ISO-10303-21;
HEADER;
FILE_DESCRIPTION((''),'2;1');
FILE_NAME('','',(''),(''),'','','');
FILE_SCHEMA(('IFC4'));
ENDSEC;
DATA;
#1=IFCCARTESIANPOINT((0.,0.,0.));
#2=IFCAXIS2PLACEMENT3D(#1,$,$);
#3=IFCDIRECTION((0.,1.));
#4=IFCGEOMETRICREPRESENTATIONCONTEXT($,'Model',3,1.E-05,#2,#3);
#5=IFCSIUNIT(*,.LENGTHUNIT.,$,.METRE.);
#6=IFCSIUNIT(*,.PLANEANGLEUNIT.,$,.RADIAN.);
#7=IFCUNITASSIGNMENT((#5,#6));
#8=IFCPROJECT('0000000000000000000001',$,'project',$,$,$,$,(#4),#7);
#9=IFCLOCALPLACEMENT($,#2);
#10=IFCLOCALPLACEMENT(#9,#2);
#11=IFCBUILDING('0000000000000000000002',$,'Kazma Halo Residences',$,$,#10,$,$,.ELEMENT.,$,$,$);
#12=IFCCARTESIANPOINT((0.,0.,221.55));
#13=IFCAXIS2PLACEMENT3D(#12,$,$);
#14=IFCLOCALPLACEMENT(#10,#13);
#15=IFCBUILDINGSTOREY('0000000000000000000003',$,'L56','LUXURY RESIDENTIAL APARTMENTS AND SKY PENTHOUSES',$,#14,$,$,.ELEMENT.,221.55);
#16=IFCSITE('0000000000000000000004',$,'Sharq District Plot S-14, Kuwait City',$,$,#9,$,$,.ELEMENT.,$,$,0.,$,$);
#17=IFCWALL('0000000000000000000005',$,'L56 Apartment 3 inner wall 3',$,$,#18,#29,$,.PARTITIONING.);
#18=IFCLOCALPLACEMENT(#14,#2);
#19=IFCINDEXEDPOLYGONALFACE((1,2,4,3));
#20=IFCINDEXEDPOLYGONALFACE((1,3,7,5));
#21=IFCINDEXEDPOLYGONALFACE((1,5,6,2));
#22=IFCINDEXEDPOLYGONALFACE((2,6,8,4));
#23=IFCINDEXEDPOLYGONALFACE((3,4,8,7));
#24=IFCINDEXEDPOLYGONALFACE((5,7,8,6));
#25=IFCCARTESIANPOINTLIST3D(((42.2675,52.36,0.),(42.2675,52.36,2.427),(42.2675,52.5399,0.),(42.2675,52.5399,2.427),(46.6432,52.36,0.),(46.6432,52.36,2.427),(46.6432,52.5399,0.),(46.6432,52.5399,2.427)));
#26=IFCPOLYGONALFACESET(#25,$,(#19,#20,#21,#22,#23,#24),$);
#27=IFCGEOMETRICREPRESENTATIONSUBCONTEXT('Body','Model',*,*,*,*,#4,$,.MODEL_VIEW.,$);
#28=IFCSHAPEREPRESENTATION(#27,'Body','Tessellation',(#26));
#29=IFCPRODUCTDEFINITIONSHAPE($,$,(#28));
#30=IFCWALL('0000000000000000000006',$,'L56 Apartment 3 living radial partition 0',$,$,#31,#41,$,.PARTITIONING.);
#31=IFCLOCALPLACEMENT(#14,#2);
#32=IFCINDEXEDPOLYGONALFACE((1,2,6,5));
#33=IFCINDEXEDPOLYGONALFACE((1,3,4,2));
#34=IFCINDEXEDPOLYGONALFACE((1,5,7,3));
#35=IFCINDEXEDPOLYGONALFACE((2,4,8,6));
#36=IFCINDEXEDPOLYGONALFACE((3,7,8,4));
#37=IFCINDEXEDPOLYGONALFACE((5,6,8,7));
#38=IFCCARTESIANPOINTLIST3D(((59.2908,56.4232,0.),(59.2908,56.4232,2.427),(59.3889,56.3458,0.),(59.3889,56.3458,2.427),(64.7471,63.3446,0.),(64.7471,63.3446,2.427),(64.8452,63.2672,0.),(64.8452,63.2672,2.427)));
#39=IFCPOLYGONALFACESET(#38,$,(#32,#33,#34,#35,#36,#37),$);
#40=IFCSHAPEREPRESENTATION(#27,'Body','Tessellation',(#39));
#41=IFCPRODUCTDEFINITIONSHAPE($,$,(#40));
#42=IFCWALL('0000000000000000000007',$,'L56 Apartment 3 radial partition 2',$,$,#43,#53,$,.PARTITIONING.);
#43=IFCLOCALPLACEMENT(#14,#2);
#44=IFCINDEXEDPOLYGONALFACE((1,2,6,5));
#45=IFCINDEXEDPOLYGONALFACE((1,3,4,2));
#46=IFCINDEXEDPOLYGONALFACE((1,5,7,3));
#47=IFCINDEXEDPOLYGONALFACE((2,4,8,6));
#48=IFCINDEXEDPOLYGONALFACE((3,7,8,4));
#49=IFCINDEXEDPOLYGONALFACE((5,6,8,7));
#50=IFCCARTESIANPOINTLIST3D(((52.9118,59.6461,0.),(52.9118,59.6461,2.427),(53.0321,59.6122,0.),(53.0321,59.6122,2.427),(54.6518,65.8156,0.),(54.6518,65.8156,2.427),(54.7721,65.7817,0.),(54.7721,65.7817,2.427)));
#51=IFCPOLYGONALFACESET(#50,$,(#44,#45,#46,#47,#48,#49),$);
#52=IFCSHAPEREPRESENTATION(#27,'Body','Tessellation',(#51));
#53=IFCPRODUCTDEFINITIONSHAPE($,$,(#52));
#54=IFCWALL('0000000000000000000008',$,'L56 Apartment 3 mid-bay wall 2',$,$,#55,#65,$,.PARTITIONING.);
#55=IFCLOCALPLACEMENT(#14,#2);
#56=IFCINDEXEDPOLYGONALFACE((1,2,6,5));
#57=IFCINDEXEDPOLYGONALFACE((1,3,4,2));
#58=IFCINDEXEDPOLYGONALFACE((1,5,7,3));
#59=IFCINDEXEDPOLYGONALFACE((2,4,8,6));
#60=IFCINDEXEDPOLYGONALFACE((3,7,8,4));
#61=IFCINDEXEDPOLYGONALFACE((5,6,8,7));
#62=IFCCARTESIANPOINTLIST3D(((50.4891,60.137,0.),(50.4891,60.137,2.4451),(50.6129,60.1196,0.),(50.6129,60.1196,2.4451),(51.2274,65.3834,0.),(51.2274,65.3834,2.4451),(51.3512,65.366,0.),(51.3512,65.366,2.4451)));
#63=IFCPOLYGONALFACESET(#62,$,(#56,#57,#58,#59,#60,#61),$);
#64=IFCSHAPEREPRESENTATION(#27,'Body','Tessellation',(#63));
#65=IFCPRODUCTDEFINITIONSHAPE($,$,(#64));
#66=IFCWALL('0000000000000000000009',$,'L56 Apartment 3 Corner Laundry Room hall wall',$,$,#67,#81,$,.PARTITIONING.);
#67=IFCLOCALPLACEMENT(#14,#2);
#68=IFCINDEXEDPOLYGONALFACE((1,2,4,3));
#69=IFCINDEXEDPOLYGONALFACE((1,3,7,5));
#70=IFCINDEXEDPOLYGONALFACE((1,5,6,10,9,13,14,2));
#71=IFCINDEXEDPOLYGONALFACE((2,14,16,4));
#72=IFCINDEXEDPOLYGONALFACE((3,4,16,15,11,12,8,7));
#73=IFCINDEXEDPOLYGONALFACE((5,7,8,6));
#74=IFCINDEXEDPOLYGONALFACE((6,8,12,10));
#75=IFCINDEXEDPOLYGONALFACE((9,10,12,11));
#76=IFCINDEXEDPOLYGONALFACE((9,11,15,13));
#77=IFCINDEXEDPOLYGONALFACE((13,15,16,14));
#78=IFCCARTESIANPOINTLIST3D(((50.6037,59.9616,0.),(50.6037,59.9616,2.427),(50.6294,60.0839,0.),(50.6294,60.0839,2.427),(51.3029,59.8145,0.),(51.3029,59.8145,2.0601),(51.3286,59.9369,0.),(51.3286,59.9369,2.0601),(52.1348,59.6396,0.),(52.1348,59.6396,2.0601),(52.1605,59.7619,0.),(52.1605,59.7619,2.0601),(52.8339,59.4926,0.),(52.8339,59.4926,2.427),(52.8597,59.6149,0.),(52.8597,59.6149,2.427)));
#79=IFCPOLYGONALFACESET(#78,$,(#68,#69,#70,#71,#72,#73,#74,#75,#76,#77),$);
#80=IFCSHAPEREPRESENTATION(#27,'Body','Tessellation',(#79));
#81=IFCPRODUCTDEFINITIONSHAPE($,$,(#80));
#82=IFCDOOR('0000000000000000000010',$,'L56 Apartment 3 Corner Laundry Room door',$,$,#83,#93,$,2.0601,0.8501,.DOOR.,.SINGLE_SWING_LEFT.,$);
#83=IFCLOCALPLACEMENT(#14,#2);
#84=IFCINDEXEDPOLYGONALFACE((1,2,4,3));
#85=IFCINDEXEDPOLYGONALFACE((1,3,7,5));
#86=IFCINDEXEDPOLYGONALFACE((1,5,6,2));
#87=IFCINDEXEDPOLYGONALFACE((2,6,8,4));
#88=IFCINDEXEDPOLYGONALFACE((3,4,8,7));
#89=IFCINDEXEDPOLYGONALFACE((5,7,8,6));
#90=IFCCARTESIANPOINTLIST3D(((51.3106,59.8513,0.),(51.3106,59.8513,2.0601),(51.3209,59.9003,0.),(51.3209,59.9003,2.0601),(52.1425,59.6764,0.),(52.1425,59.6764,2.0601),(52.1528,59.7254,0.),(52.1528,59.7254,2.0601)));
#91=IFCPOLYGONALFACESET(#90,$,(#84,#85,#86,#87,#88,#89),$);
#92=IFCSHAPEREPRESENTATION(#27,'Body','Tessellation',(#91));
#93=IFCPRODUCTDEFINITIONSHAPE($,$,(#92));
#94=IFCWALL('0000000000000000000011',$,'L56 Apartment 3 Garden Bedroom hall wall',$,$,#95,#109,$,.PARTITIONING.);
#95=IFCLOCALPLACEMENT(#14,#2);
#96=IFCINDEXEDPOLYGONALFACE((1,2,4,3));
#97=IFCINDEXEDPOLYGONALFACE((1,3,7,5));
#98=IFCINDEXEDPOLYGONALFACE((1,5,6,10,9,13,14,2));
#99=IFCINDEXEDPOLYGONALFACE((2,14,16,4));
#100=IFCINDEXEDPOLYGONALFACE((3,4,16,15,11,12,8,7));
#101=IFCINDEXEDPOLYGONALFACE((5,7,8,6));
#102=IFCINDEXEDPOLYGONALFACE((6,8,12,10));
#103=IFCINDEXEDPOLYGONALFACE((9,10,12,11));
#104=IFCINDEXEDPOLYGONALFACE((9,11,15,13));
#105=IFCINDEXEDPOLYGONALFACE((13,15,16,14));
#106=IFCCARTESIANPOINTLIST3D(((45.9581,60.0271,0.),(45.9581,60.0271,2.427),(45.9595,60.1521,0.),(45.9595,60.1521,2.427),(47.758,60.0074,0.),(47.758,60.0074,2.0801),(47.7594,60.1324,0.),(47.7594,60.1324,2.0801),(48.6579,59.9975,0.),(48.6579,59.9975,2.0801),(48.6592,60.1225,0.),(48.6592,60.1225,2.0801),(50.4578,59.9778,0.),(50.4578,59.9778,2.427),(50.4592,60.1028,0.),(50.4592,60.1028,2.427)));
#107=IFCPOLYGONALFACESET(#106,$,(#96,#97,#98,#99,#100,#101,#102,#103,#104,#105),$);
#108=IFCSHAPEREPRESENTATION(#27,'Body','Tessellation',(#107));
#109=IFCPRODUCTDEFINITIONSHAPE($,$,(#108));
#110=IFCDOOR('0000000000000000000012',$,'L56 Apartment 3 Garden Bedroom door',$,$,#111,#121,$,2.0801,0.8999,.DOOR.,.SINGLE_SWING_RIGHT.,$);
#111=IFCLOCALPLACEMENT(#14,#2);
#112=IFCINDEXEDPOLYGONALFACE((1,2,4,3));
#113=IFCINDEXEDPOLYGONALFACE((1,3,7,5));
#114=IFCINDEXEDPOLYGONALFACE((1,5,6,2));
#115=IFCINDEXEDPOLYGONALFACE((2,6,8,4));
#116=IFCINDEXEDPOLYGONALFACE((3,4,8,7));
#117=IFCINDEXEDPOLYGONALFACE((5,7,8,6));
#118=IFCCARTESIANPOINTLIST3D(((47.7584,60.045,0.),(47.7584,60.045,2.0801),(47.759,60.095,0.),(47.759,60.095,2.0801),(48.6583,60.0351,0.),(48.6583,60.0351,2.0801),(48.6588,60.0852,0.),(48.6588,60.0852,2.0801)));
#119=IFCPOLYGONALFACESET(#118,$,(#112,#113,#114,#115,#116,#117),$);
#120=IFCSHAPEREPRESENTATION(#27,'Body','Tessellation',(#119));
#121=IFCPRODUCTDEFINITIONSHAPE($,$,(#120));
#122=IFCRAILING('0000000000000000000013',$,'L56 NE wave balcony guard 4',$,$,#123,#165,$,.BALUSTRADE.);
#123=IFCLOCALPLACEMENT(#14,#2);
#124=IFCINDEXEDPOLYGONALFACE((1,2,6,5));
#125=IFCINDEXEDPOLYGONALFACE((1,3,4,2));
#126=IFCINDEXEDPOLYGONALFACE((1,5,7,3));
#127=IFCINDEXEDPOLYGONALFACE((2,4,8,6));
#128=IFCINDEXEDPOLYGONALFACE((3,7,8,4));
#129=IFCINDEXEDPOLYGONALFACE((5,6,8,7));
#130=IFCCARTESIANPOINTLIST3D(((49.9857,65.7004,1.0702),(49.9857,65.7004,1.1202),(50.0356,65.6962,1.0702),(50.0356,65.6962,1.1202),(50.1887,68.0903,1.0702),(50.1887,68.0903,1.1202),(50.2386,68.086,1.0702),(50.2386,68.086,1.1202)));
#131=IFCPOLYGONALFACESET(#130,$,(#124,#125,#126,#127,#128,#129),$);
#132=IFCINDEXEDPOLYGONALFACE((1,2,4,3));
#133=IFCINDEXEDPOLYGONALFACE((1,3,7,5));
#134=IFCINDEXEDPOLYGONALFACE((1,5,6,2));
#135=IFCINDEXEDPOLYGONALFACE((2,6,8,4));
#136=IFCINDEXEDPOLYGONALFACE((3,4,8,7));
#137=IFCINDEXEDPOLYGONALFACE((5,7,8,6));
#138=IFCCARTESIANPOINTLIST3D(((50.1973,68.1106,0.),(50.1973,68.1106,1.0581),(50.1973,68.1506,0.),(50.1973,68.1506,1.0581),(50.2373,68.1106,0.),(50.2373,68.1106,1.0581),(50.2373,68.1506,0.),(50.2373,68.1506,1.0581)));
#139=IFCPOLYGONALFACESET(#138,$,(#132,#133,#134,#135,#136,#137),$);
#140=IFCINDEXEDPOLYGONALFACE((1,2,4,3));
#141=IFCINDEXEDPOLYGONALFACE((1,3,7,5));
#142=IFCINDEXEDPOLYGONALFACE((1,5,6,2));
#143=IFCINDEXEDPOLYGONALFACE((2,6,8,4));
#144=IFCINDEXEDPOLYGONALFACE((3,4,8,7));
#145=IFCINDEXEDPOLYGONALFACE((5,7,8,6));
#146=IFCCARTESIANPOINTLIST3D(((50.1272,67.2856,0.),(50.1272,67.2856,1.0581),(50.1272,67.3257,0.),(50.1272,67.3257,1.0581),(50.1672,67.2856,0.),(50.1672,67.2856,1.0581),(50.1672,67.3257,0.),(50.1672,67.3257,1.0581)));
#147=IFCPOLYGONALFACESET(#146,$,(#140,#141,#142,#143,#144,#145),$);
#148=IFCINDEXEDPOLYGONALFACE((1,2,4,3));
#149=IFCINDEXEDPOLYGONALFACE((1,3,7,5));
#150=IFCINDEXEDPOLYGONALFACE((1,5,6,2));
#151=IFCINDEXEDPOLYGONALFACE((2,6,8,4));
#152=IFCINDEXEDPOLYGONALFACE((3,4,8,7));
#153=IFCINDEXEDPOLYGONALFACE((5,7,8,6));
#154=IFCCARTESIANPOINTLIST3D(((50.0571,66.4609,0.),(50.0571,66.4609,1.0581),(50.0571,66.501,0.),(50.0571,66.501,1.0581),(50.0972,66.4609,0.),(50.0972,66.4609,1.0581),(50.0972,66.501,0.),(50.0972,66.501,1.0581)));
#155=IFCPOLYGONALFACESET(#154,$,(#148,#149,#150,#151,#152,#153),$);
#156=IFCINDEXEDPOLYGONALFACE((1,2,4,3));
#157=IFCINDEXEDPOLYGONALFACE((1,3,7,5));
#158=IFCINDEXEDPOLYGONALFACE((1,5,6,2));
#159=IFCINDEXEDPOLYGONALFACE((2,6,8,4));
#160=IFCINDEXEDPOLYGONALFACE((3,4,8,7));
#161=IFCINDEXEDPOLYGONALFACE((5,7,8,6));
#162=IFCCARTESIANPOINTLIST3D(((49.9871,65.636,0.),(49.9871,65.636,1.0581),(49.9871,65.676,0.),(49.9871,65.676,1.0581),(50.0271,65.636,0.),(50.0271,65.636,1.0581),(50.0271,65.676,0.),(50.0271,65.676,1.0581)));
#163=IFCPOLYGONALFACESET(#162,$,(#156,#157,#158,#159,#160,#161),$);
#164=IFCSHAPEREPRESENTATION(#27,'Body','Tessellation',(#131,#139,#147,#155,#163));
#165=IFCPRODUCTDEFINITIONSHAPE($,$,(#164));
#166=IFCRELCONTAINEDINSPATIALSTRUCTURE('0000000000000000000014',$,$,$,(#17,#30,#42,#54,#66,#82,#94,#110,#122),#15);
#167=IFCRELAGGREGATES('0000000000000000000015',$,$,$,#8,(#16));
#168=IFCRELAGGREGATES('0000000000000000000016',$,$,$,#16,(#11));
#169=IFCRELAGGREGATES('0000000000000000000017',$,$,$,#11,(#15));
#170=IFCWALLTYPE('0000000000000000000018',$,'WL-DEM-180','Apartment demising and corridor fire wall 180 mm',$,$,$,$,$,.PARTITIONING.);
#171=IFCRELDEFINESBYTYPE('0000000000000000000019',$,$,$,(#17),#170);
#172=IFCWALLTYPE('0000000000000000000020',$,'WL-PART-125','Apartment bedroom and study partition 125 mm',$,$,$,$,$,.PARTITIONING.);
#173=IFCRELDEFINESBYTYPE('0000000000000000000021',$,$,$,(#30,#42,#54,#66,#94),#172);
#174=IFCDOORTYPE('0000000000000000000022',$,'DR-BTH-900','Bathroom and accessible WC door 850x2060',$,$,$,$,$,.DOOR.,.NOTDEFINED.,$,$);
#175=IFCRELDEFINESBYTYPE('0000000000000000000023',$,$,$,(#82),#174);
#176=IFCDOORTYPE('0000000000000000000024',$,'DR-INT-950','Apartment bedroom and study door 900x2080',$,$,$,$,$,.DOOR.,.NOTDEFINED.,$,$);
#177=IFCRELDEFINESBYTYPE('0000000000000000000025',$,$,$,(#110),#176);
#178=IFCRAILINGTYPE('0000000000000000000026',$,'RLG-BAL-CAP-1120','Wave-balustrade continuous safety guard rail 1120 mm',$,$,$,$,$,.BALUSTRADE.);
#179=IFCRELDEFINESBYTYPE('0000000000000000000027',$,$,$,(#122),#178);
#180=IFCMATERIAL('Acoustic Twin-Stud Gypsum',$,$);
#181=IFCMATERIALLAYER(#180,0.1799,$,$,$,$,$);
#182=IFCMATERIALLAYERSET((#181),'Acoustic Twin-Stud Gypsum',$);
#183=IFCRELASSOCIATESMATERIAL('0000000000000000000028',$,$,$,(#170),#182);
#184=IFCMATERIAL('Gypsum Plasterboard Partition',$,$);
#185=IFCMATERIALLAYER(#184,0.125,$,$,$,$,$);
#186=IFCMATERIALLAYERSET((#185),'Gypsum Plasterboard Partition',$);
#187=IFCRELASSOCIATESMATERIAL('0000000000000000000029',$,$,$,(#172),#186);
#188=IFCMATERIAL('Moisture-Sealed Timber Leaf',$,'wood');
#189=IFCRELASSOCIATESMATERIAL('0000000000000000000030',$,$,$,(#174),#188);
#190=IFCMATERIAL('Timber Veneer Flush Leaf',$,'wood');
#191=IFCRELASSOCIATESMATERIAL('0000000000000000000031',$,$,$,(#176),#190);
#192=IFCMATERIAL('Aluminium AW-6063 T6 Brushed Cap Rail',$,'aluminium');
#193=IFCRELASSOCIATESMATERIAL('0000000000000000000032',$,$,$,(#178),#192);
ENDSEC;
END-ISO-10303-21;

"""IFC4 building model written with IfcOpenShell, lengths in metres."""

from ifc_helpers import new_model, si_unit, direction, frame, frame_2d, origin, origin_2d, place, context, subcontext, project, spatial, rectangle, extrude, material, layer, layer_set, type_object, element, fill, save


model = new_model("IFC4")

# Units and contexts
model_context = context("Model", 3, precision=1e-05, world=origin(), true_north=direction((0.0, 1.0)))
body_context = subcontext(model_context, "Body", "Model", "MODEL_VIEW")
ifc_project = project(units=[si_unit("LENGTHUNIT", "METRE"), si_unit("PLANEANGLEUNIT", "RADIAN")], contexts=[model_context])

# Site, building, storey
site_placement = place(None, origin())
site = spatial("IfcSite", under=ifc_project, at=site_placement, Name="Sharq District Plot S-14, Kuwait City", CompositionType="ELEMENT", RefElevation=0.0)
building_placement = place(site_placement, origin())
building = spatial("IfcBuilding", under=site, at=building_placement, Name="Kazma Halo Residences", CompositionType="ELEMENT")
storey_placement = place(building_placement, frame((0.0, 0.0, 221.55)))
storey = spatial("IfcBuildingStorey", under=building, at=storey_placement, Name="L56", Description="LUXURY RESIDENTIAL APARTMENTS AND SKY PENTHOUSES", CompositionType="ELEMENT", Elevation=221.55)

# Shared definitions
ifc_material_1 = material(Name="Acoustic Twin-Stud Gypsum")
ifc_layer_1 = layer(ifc_material_1, 0.1799)
ifc_layer_set_1 = layer_set([ifc_layer_1], Name="Acoustic Twin-Stud Gypsum")
wall_type_1 = type_object("IfcWallType", Name="WL-DEM-180", Description="Apartment demising and corridor fire wall 180 mm", PredefinedType="PARTITIONING", material=ifc_layer_set_1)

# Walls
wall_1_placement = place(storey_placement, frame((46.6433, 52.45, 0.0), z_axis=(0.0, 0.0, 1.0), x_axis=(-1.0, 0.0, 0.0)))
element("IfcWall", 1, at=wall_1_placement, inside=storey, type_object=wall_type_1, Name="L56 Apartment 3 inner wall 3", PredefinedType="PARTITIONING", context=body_context, shape_type="SweptSolid", body=[
    extrude(rectangle(XDim=4.3757, YDim=0.1799, at=frame_2d((2.188, 0.0))), origin(), (0.0, 0.0, 1.0), 2.427),
])
ifc_material_2 = material(Name="Gypsum Plasterboard Partition")
ifc_layer_2 = layer(ifc_material_2, 0.125)
ifc_layer_set_2 = layer_set([ifc_layer_2], Name="Gypsum Plasterboard Partition")
wall_type_2 = type_object("IfcWallType", Name="WL-PART-125", Description="Apartment bedroom and study partition 125 mm", PredefinedType="PARTITIONING", material=ifc_layer_set_2)
wall_2_placement = place(storey_placement, frame((59.3398, 56.3845, 0.0), z_axis=(0.0, 0.0, 1.0), x_axis=(0.619088, 0.785321, 0.0)))
element("IfcWall", 2, at=wall_2_placement, inside=storey, type_object=wall_type_2, Name="L56 Apartment 3 living radial partition 0", PredefinedType="PARTITIONING", context=body_context, shape_type="SweptSolid", body=[
    extrude(rectangle(XDim=8.8135, YDim=0.125, at=frame_2d((4.4067, 0.0))), origin(), (0.0, 0.0, 1.0), 2.427),
])
wall_3_placement = place(storey_placement, frame((52.9719, 59.6292, 0.0), z_axis=(0.0, 0.0, 1.0), x_axis=(0.271445, 0.962454, 0.0)))
element("IfcWall", 3, at=wall_3_placement, inside=storey, type_object=wall_type_2, Name="L56 Apartment 3 radial partition 2", PredefinedType="PARTITIONING", context=body_context, shape_type="SweptSolid", body=[
    extrude(rectangle(XDim=6.4102, YDim=0.125, at=frame_2d((3.2051, 0.0))), origin(), (0.0, 0.0, 1.0), 2.427),
])
wall_4_placement = place(storey_placement, frame((50.551, 60.1284, 0.0), z_axis=(0.0, 0.0, 1.0), x_axis=(0.13935, 0.990243, 0.0)))
element("IfcWall", 4, at=wall_4_placement, inside=storey, type_object=wall_type_2, Name="L56 Apartment 3 mid-bay wall 2", PredefinedType="PARTITIONING", context=body_context, shape_type="SweptSolid", body=[
    extrude(rectangle(XDim=5.2981, YDim=0.125, at=frame_2d((2.6489, 0.0))), origin(), (0.0, 0.0, 1.0), 2.4451),
])

# Walls, openings, doors
wall_5_placement = place(storey_placement, frame((52.8469, 59.5537, 0.0), z_axis=(0.0, 0.0, 1.0), x_axis=(-0.978596, 0.205789, 0.0)))
wall_5 = element("IfcWall", 5, at=wall_5_placement, inside=storey, type_object=wall_type_2, Name="L56 Apartment 3 Corner Laundry Room hall wall", PredefinedType="PARTITIONING", context=body_context, shape_type="SweptSolid", body=[
    extrude(rectangle(XDim=2.2791, YDim=0.125, at=frame_2d((1.1396, 0.0))), origin(), (0.0, 0.0, 1.0), 2.427),
])
opening_1_placement = place(wall_5_placement, frame((0.7146, 0.0, 0.0)))
opening_1 = element("IfcOpeningElement", 6, at=opening_1_placement, cuts=wall_5, PredefinedType="OPENING", context=body_context, shape_type="SweptSolid", body=[
    extrude(rectangle(XDim=0.8501, YDim=2.0601, at=frame_2d((0.425, 1.03))), frame((0.0, 0.0725, 0.0), z_axis=(0.0, -1.0, 0.0), x_axis=(1.0, 0.0, 0.0)), (0.0, 0.0, 1.0), 0.145),
])
ifc_material_3 = material(Name="Moisture-Sealed Timber Leaf", Category="wood")
door_type_1 = type_object("IfcDoorType", Name="DR-BTH-900", Description="Bathroom and accessible WC door 850x2060", OperationType="NOTDEFINED", PredefinedType="DOOR", material=ifc_material_3)
door_1_placement = place(opening_1_placement, origin())
door_1 = element("IfcDoor", 7, at=door_1_placement, inside=storey, type_object=door_type_1, Name="L56 Apartment 3 Corner Laundry Room door", OperationType="SINGLE_SWING_LEFT", OverallHeight=2.0601, OverallWidth=0.8501, PredefinedType="DOOR", context=body_context, shape_type="SweptSolid", body=[
    extrude(rectangle(XDim=0.8501, YDim=2.0601, at=frame_2d((0.425, 1.03))), frame((0.0, 0.0249, 0.0), z_axis=(0.0, -1.0, 0.0), x_axis=(1.0, 0.0, 0.0)), (0.0, 0.0, 1.0), 0.05),
])
fill(opening_1, door_1)
wall_6_placement = place(storey_placement, frame((50.4585, 60.0403, 0.0), z_axis=(0.0, 0.0, 1.0), x_axis=(-0.99994, 0.010959, 0.0)))
wall_6 = element("IfcWall", 8, at=wall_6_placement, inside=storey, type_object=wall_type_2, Name="L56 Apartment 3 Garden Bedroom hall wall", PredefinedType="PARTITIONING", context=body_context, shape_type="SweptSolid", body=[
    extrude(rectangle(XDim=4.5, YDim=0.125, at=frame_2d((2.25, 0.0))), origin(), (0.0, 0.0, 1.0), 2.427),
])
opening_2_placement = place(wall_6_placement, frame((1.8, 0.0, 0.0)))
opening_2 = element("IfcOpeningElement", 9, at=opening_2_placement, cuts=wall_6, PredefinedType="OPENING", context=body_context, shape_type="SweptSolid", body=[
    extrude(rectangle(XDim=0.8999, YDim=2.0801, at=frame_2d((0.45, 1.04))), frame((0.0, 0.0725, 0.0), z_axis=(0.0, -1.0, 0.0), x_axis=(1.0, 0.0, 0.0)), (0.0, 0.0, 1.0), 0.145),
])
ifc_material_4 = material(Name="Timber Veneer Flush Leaf", Category="wood")
door_type_2 = type_object("IfcDoorType", Name="DR-INT-950", Description="Apartment bedroom and study door 900x2080", OperationType="NOTDEFINED", PredefinedType="DOOR", material=ifc_material_4)
door_2_placement = place(opening_2_placement, origin())
door_2 = element("IfcDoor", 10, at=door_2_placement, inside=storey, type_object=door_type_2, Name="L56 Apartment 3 Garden Bedroom door", OperationType="SINGLE_SWING_RIGHT", OverallHeight=2.0801, OverallWidth=0.8999, PredefinedType="DOOR", context=body_context, shape_type="SweptSolid", body=[
    extrude(rectangle(XDim=0.8999, YDim=2.0801, at=frame_2d((0.45, 1.04))), frame((0.0, 0.0249, 0.0), z_axis=(0.0, -1.0, 0.0), x_axis=(1.0, 0.0, 0.0)), (0.0, 0.0, 1.0), 0.05),
])
fill(opening_2, door_2)

# Railing
ifc_material_5 = material(Name="Aluminium AW-6063 T6 Brushed Cap Rail", Category="aluminium")
railing_type = type_object("IfcRailingType", Name="RLG-BAL-CAP-1120", Description="Wave-balustrade continuous safety guard rail 1120 mm", PredefinedType="BALUSTRADE", material=ifc_material_5)
railing_1_placement = place(storey_placement, frame((50.2173, 68.1306, 0.0)))
element("IfcRailing", 11, at=railing_1_placement, inside=storey, type_object=railing_type, Name="L56 NE wave balcony guard 4", PredefinedType="BALUSTRADE", context=body_context, shape_type="SweptSolid", body=[
    extrude(rectangle(XDim=0.05, YDim=0.05, at=origin_2d()), frame((-0.0037, -0.0425, 1.0952), z_axis=(-0.08464, -0.996412, 0.0), x_axis=(0.996412, -0.08464, 0.0)), (0.0, 0.0, 1.0), 2.3984),
    extrude(rectangle(XDim=0.04, YDim=0.04, at=origin_2d()), origin(), (0.0, 0.0, 1.0), 1.0581),
    extrude(rectangle(XDim=0.04, YDim=0.04, at=origin_2d()), frame((-0.0701, -0.825, 0.0)), (0.0, 0.0, 1.0), 1.0581),
    extrude(rectangle(XDim=0.04, YDim=0.04, at=origin_2d()), frame((-0.1401, -1.6497, 0.0)), (0.0, 0.0, 1.0), 1.0581),
    extrude(rectangle(XDim=0.04, YDim=0.04, at=origin_2d()), frame((-0.2102, -2.4746, 0.0)), (0.0, 0.0, 1.0), 1.0581),
])

save(model, "model.ifc")
